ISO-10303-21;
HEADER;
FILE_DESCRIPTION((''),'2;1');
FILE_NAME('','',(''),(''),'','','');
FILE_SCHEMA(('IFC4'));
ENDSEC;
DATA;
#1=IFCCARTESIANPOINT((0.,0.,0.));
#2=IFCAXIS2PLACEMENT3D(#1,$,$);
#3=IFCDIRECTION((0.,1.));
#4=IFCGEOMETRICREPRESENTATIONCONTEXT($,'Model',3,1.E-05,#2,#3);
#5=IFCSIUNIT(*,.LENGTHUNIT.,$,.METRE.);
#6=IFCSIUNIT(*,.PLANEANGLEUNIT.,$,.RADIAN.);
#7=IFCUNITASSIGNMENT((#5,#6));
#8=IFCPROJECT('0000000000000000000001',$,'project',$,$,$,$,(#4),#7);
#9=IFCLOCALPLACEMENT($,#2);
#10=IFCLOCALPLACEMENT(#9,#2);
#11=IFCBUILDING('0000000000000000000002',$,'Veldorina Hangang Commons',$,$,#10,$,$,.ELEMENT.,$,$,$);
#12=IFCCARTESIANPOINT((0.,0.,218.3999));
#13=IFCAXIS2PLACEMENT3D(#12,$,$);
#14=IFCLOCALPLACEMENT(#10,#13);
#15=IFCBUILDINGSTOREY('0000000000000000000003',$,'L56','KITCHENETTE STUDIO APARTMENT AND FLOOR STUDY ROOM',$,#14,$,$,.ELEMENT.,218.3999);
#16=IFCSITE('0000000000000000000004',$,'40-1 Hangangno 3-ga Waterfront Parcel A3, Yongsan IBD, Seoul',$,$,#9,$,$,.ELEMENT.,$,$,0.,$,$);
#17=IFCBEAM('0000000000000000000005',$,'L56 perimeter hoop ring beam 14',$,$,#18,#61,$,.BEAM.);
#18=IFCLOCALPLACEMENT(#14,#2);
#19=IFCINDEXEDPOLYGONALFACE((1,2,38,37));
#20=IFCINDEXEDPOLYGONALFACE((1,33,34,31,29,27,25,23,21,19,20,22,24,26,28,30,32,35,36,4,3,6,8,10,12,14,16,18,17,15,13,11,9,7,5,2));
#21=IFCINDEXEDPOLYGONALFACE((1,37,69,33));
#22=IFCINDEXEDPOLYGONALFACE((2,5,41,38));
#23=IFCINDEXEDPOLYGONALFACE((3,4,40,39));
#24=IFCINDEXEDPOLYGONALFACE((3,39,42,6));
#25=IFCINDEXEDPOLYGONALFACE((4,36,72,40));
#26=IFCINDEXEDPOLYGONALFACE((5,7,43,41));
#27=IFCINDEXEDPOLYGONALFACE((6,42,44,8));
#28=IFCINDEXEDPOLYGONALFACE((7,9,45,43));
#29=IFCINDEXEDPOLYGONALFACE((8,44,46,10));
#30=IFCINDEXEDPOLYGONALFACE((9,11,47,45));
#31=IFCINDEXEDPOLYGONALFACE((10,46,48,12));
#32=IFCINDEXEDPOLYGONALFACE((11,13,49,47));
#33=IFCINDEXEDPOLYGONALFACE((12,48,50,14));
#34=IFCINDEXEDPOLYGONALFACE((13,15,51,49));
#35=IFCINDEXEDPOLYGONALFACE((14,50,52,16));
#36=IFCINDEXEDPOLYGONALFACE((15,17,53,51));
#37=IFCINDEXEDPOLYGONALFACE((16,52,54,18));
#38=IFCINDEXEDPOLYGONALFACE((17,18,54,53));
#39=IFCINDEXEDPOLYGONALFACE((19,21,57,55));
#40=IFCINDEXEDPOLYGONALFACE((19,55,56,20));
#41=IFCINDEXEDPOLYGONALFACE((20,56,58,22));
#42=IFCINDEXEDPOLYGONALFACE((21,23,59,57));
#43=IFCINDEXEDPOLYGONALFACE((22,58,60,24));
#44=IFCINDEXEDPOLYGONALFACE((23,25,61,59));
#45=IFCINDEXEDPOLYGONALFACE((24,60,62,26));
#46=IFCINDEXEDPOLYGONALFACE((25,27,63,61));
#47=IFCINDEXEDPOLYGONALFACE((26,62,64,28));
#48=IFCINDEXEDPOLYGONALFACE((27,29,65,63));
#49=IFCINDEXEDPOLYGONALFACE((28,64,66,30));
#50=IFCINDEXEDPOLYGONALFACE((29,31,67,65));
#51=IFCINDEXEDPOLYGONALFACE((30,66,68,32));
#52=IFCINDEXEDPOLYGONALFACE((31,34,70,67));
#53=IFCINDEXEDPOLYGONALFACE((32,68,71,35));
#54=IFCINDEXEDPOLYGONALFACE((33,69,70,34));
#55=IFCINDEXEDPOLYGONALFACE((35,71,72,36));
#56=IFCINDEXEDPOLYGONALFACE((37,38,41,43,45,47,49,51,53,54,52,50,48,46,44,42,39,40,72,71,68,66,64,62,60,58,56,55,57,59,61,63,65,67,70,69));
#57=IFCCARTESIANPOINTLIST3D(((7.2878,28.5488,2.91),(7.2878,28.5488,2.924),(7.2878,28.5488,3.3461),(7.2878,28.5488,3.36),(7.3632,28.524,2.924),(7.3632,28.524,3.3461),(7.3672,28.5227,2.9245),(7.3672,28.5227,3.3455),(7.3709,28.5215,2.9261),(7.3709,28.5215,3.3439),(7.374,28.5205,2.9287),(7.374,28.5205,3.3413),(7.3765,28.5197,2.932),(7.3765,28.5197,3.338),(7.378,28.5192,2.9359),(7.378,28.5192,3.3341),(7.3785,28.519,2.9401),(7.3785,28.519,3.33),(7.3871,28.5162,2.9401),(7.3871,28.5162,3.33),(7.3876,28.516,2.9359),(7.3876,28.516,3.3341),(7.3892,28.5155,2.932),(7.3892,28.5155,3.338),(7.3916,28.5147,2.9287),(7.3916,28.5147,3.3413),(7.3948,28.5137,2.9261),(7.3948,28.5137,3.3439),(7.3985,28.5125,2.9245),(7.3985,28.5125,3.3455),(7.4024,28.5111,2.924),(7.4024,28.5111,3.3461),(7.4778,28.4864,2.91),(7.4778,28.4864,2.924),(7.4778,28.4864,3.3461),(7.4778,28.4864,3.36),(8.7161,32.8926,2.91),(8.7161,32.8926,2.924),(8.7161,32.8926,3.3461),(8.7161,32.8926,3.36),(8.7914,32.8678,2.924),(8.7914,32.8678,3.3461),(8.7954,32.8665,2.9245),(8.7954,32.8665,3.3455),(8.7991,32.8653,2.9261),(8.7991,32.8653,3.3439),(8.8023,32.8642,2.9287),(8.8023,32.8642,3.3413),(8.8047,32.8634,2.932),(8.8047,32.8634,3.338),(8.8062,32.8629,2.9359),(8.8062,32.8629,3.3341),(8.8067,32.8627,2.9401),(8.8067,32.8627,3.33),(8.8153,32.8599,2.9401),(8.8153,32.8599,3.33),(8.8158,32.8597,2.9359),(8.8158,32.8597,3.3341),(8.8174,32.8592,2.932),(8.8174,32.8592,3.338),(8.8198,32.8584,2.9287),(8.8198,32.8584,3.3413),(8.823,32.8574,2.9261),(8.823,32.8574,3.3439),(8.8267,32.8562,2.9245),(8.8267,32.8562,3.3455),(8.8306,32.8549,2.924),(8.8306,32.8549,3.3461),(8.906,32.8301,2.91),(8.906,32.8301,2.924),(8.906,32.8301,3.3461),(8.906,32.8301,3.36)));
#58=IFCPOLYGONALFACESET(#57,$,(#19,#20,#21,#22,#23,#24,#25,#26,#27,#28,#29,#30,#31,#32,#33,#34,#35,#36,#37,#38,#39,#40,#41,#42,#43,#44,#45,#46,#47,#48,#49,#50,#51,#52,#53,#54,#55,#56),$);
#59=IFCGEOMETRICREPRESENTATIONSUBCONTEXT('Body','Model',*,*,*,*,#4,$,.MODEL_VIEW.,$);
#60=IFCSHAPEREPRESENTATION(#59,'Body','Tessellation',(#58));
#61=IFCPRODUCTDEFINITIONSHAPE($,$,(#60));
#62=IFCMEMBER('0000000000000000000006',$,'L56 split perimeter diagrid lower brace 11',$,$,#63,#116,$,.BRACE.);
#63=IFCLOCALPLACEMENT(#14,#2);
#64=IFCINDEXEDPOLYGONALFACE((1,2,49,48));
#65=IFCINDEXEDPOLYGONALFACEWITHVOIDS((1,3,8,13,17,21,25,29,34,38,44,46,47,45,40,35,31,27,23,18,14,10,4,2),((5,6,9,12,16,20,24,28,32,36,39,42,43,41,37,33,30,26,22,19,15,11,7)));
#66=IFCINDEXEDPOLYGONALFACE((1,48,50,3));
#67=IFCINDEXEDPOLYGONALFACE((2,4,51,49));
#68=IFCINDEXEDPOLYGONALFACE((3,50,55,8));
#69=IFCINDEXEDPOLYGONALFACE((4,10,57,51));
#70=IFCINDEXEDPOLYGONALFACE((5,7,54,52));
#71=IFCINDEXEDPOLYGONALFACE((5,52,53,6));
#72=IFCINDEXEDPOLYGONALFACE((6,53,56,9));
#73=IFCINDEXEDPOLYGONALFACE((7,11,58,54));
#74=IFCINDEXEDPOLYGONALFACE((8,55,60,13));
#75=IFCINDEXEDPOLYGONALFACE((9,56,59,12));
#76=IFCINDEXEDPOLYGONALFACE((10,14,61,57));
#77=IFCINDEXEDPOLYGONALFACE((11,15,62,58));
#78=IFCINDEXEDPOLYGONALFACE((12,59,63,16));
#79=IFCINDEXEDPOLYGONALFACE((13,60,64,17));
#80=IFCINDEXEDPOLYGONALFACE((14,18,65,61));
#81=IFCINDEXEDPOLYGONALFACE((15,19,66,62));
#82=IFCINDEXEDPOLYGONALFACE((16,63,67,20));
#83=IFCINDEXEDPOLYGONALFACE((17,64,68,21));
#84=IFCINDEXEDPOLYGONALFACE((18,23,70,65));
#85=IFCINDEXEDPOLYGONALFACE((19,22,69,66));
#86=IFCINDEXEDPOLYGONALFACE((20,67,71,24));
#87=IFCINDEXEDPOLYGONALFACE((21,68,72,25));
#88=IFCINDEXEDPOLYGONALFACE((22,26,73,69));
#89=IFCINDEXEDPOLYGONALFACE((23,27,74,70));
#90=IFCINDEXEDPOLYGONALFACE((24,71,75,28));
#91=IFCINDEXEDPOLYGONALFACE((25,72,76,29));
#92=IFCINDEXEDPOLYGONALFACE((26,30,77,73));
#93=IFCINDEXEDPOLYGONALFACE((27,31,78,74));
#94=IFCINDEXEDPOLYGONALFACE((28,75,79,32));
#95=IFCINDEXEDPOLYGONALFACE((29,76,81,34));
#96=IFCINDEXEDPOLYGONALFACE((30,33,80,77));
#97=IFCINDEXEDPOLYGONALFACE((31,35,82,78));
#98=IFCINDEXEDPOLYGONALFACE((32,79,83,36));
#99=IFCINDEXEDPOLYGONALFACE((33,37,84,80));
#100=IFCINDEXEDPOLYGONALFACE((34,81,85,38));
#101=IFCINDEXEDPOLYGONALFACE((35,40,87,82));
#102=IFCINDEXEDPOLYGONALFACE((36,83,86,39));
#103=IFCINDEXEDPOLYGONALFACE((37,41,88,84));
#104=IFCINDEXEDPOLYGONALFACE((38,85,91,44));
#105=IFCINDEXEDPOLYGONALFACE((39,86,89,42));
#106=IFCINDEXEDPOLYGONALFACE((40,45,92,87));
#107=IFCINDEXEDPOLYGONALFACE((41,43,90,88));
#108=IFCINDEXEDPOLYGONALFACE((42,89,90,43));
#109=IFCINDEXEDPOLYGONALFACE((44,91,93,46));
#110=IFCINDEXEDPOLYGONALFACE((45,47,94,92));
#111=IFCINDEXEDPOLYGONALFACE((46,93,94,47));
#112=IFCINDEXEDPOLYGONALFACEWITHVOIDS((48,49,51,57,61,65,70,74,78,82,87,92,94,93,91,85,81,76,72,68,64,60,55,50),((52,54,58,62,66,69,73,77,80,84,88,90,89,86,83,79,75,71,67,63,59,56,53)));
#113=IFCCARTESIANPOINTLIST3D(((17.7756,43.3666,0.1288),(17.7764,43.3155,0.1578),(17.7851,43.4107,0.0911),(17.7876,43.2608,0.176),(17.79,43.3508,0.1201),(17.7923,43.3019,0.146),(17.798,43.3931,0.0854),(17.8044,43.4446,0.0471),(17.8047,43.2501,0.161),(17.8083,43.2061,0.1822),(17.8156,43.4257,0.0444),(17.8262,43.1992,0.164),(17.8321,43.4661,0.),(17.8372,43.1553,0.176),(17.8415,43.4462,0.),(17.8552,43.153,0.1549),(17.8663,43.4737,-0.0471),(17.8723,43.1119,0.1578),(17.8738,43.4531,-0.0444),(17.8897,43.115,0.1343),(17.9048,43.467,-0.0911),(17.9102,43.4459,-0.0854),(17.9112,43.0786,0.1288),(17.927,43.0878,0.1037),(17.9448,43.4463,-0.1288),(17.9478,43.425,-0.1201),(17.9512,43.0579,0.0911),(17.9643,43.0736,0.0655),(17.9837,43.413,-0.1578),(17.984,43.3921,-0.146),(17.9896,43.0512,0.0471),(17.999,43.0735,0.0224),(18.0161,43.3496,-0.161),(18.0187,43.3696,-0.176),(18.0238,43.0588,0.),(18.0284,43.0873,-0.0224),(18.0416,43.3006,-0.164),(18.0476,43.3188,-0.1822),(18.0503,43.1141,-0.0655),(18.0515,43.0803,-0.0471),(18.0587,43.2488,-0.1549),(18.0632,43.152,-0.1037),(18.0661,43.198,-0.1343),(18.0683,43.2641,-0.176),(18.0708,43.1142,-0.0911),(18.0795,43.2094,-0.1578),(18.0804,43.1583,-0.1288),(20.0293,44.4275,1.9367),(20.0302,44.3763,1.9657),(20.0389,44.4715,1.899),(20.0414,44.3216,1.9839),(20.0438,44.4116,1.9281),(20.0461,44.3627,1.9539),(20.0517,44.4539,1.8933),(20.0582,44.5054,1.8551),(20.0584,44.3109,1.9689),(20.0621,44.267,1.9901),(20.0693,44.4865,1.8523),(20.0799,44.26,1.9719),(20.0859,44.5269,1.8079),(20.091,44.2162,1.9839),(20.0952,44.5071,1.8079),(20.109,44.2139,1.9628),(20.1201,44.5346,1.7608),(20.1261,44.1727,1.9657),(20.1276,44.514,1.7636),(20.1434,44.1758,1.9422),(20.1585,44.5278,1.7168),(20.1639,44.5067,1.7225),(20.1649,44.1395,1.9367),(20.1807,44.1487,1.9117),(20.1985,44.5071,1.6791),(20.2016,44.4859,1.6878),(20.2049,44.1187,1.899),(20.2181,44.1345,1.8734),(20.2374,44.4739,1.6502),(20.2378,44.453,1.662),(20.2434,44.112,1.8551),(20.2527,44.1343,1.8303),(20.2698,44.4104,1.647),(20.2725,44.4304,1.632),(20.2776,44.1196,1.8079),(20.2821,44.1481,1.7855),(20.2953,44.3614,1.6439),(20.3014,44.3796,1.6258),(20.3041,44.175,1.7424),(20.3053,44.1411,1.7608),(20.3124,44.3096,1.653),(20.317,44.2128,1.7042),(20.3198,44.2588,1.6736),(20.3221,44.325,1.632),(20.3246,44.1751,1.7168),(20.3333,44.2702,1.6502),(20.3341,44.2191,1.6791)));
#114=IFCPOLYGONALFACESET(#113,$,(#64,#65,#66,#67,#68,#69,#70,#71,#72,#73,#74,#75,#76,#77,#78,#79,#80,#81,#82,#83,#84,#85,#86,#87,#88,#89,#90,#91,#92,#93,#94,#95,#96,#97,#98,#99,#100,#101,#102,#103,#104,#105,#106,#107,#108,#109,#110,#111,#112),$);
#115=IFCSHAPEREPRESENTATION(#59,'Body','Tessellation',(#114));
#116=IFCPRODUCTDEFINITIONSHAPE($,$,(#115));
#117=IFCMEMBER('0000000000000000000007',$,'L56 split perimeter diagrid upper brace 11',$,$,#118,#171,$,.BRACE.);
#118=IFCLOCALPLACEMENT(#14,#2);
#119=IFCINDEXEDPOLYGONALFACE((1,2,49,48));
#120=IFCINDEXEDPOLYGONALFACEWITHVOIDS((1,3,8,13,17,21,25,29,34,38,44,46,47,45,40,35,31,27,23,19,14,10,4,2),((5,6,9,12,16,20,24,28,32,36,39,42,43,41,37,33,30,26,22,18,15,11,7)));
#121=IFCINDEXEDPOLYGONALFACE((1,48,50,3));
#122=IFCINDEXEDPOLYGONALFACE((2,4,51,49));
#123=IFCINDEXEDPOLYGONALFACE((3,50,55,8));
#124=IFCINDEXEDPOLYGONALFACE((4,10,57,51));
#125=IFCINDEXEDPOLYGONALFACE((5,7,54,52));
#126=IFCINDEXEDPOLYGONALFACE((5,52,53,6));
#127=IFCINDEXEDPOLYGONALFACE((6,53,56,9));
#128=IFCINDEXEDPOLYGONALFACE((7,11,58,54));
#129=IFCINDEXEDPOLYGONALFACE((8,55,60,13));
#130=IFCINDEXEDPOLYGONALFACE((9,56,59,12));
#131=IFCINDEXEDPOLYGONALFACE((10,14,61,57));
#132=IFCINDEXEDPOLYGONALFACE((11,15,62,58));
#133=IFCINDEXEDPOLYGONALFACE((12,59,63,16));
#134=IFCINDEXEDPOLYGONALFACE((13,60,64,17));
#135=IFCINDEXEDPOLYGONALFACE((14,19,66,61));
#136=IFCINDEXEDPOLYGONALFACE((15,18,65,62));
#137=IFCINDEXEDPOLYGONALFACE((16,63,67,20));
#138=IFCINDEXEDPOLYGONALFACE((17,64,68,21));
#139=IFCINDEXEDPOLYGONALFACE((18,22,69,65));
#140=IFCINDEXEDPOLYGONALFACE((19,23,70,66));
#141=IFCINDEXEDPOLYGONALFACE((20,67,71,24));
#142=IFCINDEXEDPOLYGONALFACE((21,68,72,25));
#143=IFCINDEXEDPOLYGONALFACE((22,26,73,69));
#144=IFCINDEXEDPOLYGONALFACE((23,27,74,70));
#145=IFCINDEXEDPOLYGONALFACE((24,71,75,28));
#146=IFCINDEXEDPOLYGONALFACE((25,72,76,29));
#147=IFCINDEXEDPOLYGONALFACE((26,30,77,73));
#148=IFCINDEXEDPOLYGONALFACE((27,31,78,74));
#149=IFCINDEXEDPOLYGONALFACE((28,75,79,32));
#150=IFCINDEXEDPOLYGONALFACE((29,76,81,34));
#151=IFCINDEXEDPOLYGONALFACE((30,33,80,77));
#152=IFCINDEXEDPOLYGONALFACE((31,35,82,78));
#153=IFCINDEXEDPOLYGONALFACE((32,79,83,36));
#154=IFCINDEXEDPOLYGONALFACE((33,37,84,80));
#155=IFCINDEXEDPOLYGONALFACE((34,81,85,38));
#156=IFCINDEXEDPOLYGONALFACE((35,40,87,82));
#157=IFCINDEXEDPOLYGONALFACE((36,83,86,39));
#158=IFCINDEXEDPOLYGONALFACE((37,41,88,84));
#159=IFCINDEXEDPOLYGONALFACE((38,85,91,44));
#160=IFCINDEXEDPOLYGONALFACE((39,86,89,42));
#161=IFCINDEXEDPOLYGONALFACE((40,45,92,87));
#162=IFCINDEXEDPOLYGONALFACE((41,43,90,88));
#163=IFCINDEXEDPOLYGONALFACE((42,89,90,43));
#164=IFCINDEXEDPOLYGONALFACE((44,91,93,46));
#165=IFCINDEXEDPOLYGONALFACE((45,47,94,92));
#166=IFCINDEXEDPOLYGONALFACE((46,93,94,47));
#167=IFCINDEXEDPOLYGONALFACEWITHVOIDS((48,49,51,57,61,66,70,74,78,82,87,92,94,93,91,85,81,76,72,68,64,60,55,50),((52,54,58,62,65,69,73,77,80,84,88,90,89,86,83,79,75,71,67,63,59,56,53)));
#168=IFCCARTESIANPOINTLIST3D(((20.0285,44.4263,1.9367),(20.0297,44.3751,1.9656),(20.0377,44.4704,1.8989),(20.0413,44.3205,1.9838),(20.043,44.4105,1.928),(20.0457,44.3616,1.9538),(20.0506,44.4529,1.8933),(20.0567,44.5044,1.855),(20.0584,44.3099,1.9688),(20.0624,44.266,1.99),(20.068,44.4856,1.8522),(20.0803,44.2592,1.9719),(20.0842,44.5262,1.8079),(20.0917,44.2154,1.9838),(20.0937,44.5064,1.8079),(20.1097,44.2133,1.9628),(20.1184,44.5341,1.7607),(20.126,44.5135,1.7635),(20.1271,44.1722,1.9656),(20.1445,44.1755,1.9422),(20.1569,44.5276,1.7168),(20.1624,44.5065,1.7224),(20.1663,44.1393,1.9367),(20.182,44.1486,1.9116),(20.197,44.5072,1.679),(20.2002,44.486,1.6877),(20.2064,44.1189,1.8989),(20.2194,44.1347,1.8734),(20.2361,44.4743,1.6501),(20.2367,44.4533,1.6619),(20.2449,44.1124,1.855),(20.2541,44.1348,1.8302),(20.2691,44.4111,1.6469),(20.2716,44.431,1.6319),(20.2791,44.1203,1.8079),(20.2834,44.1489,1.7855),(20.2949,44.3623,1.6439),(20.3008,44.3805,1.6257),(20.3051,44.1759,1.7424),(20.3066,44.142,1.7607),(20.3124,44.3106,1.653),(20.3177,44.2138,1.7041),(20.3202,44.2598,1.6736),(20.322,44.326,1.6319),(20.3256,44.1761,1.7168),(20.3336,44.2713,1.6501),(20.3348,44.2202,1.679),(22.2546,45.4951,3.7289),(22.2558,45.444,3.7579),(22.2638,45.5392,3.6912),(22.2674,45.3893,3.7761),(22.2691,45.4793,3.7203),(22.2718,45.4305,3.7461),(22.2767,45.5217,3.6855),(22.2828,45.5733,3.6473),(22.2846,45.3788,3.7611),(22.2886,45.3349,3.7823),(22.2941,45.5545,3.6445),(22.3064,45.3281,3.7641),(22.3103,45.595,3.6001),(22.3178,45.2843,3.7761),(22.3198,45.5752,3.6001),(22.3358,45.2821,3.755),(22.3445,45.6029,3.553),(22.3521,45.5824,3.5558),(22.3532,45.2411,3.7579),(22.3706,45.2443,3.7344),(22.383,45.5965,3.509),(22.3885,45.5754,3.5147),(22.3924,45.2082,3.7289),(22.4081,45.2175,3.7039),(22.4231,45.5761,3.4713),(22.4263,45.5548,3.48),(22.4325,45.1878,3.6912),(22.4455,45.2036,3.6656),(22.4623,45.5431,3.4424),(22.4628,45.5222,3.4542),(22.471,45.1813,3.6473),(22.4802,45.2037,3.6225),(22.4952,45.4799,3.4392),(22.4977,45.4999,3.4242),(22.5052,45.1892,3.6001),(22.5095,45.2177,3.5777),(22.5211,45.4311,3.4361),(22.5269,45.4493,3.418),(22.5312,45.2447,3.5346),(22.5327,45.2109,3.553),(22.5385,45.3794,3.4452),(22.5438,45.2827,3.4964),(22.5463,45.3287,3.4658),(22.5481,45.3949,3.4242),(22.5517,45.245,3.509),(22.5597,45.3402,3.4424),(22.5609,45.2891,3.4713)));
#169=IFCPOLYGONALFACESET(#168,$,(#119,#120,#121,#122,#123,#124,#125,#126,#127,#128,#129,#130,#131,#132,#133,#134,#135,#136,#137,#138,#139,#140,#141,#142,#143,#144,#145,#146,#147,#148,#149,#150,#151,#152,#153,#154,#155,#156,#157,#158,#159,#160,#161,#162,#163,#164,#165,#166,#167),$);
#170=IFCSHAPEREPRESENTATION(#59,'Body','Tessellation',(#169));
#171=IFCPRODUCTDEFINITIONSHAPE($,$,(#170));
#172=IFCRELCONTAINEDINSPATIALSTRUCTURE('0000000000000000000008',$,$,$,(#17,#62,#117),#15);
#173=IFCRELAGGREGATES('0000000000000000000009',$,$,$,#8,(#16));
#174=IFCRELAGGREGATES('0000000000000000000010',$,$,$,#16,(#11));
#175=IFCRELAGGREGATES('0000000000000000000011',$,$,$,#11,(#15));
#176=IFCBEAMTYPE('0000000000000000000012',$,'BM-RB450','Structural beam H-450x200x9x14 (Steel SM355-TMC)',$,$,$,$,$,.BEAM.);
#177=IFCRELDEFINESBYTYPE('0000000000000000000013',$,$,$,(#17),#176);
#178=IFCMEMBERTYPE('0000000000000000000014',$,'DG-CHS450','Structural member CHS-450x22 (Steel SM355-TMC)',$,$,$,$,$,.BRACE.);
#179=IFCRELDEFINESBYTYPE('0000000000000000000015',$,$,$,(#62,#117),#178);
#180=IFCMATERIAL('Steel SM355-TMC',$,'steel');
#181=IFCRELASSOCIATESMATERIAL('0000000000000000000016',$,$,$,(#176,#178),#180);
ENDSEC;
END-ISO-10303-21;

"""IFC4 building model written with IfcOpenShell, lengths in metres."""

from ifc_helpers import new_model, si_unit, direction, frame, origin, origin_2d, place, context, subcontext, project, spatial, hollow_circle, i_section, extrude, material, material_profile, profile_set, type_object, element, save


model = new_model("IFC4")

# Units and contexts
model_context = context("Model", 3, precision=1e-05, world=origin(), true_north=direction((0.0, 1.0)))
body_context = subcontext(model_context, "Body", "Model", "MODEL_VIEW")
ifc_project = project(units=[si_unit("LENGTHUNIT", "METRE"), si_unit("PLANEANGLEUNIT", "RADIAN")], contexts=[model_context])

# Site, building, storey
site_placement = place(None, origin())
site = spatial("IfcSite", under=ifc_project, at=site_placement, Name="40-1 Hangangno 3-ga Waterfront Parcel A3, Yongsan IBD, Seoul", CompositionType="ELEMENT", RefElevation=0.0)
building_placement = place(site_placement, origin())
building = spatial("IfcBuilding", under=site, at=building_placement, Name="Veldorina Hangang Commons", CompositionType="ELEMENT")
storey_placement = place(building_placement, frame((0.0, 0.0, 218.3999)))
storey = spatial("IfcBuildingStorey", under=building, at=storey_placement, Name="L56", Description="KITCHENETTE STUDIO APARTMENT AND FLOOR STUDY ROOM", CompositionType="ELEMENT", Elevation=218.3999)

# Beam
ifc_material_1 = material(Name="Steel SM355-TMC", Category="steel")
ifc_material_profile_1 = material_profile(ifc_material_1, i_section(OverallWidth=0.2, OverallDepth=0.45, WebThickness=0.009, FlangeThickness=0.0139, FilletRadius=0.0161, at=origin_2d()), Name="H-450x200x9x14")
ifc_profile_set_1 = profile_set([ifc_material_profile_1], Name="Steel SM355-TMC")
beam_type_1 = type_object("IfcBeamType", Name="BM-RB450", Description="Structural beam H-450x200x9x14 (Steel SM355-TMC)", PredefinedType="BEAM", material=ifc_profile_set_1)
beam_1_placement = place(storey_placement, frame((8.811, 32.8613, 3.135), z_axis=(-0.312349, -0.949967, 0.0), x_axis=(0.949967, -0.312349, 0.0)))
element("IfcBeam", 1, at=beam_1_placement, inside=storey, type_object=beam_type_1, Name="L56 perimeter hoop ring beam 14", PredefinedType="BEAM", context=body_context, shape_type="SweptSolid", body=[
    extrude(i_section(OverallWidth=0.2, OverallDepth=0.45, WebThickness=0.009, FlangeThickness=0.0139, FilletRadius=0.0161, at=origin_2d()), origin(), (0.0, 0.0, 1.0), 4.5725),
])

# Members
ifc_material_profile_2 = material_profile(ifc_material_1, hollow_circle(Radius=0.2251, WallThickness=0.022, at=origin_2d()), Name="CHS-450x22")
ifc_profile_set_2 = profile_set([ifc_material_profile_2], Name="Steel SM355-TMC")
member_type_1 = type_object("IfcMemberType", Name="DG-CHS450", Description="Structural member CHS-450x22 (Steel SM355-TMC)", PredefinedType="BRACE", material=ifc_profile_set_2)
member_1_placement = place(storey_placement, frame((17.928, 43.2625, 0.0), z_axis=(0.73224, 0.344663, 0.587394), x_axis=(-0.425877, 0.904781, 0.0)))
element("IfcMember", 2, at=member_1_placement, inside=storey, type_object=member_type_1, Name="L56 split perimeter diagrid lower brace 11", PredefinedType="BRACE", context=body_context, shape_type="SweptSolid", body=[
    extrude(hollow_circle(Radius=0.2251, WallThickness=0.022, at=origin_2d()), origin(), (0.0, 0.0, 1.0), 3.0779),
])
member_2_placement = place(storey_placement, frame((20.1816, 44.3232, 1.8079), z_axis=(0.729568, 0.350302, 0.587383), x_axis=(-0.43284, 0.901471, 0.0)))
element("IfcMember", 3, at=member_2_placement, inside=storey, type_object=member_type_1, Name="L56 split perimeter diagrid upper brace 11", PredefinedType="BRACE", context=body_context, shape_type="SweptSolid", body=[
    extrude(hollow_circle(Radius=0.2251, WallThickness=0.022, at=origin_2d()), origin(), (0.0, 0.0, 1.0), 3.0513),
])

save(model, "model.ifc")
